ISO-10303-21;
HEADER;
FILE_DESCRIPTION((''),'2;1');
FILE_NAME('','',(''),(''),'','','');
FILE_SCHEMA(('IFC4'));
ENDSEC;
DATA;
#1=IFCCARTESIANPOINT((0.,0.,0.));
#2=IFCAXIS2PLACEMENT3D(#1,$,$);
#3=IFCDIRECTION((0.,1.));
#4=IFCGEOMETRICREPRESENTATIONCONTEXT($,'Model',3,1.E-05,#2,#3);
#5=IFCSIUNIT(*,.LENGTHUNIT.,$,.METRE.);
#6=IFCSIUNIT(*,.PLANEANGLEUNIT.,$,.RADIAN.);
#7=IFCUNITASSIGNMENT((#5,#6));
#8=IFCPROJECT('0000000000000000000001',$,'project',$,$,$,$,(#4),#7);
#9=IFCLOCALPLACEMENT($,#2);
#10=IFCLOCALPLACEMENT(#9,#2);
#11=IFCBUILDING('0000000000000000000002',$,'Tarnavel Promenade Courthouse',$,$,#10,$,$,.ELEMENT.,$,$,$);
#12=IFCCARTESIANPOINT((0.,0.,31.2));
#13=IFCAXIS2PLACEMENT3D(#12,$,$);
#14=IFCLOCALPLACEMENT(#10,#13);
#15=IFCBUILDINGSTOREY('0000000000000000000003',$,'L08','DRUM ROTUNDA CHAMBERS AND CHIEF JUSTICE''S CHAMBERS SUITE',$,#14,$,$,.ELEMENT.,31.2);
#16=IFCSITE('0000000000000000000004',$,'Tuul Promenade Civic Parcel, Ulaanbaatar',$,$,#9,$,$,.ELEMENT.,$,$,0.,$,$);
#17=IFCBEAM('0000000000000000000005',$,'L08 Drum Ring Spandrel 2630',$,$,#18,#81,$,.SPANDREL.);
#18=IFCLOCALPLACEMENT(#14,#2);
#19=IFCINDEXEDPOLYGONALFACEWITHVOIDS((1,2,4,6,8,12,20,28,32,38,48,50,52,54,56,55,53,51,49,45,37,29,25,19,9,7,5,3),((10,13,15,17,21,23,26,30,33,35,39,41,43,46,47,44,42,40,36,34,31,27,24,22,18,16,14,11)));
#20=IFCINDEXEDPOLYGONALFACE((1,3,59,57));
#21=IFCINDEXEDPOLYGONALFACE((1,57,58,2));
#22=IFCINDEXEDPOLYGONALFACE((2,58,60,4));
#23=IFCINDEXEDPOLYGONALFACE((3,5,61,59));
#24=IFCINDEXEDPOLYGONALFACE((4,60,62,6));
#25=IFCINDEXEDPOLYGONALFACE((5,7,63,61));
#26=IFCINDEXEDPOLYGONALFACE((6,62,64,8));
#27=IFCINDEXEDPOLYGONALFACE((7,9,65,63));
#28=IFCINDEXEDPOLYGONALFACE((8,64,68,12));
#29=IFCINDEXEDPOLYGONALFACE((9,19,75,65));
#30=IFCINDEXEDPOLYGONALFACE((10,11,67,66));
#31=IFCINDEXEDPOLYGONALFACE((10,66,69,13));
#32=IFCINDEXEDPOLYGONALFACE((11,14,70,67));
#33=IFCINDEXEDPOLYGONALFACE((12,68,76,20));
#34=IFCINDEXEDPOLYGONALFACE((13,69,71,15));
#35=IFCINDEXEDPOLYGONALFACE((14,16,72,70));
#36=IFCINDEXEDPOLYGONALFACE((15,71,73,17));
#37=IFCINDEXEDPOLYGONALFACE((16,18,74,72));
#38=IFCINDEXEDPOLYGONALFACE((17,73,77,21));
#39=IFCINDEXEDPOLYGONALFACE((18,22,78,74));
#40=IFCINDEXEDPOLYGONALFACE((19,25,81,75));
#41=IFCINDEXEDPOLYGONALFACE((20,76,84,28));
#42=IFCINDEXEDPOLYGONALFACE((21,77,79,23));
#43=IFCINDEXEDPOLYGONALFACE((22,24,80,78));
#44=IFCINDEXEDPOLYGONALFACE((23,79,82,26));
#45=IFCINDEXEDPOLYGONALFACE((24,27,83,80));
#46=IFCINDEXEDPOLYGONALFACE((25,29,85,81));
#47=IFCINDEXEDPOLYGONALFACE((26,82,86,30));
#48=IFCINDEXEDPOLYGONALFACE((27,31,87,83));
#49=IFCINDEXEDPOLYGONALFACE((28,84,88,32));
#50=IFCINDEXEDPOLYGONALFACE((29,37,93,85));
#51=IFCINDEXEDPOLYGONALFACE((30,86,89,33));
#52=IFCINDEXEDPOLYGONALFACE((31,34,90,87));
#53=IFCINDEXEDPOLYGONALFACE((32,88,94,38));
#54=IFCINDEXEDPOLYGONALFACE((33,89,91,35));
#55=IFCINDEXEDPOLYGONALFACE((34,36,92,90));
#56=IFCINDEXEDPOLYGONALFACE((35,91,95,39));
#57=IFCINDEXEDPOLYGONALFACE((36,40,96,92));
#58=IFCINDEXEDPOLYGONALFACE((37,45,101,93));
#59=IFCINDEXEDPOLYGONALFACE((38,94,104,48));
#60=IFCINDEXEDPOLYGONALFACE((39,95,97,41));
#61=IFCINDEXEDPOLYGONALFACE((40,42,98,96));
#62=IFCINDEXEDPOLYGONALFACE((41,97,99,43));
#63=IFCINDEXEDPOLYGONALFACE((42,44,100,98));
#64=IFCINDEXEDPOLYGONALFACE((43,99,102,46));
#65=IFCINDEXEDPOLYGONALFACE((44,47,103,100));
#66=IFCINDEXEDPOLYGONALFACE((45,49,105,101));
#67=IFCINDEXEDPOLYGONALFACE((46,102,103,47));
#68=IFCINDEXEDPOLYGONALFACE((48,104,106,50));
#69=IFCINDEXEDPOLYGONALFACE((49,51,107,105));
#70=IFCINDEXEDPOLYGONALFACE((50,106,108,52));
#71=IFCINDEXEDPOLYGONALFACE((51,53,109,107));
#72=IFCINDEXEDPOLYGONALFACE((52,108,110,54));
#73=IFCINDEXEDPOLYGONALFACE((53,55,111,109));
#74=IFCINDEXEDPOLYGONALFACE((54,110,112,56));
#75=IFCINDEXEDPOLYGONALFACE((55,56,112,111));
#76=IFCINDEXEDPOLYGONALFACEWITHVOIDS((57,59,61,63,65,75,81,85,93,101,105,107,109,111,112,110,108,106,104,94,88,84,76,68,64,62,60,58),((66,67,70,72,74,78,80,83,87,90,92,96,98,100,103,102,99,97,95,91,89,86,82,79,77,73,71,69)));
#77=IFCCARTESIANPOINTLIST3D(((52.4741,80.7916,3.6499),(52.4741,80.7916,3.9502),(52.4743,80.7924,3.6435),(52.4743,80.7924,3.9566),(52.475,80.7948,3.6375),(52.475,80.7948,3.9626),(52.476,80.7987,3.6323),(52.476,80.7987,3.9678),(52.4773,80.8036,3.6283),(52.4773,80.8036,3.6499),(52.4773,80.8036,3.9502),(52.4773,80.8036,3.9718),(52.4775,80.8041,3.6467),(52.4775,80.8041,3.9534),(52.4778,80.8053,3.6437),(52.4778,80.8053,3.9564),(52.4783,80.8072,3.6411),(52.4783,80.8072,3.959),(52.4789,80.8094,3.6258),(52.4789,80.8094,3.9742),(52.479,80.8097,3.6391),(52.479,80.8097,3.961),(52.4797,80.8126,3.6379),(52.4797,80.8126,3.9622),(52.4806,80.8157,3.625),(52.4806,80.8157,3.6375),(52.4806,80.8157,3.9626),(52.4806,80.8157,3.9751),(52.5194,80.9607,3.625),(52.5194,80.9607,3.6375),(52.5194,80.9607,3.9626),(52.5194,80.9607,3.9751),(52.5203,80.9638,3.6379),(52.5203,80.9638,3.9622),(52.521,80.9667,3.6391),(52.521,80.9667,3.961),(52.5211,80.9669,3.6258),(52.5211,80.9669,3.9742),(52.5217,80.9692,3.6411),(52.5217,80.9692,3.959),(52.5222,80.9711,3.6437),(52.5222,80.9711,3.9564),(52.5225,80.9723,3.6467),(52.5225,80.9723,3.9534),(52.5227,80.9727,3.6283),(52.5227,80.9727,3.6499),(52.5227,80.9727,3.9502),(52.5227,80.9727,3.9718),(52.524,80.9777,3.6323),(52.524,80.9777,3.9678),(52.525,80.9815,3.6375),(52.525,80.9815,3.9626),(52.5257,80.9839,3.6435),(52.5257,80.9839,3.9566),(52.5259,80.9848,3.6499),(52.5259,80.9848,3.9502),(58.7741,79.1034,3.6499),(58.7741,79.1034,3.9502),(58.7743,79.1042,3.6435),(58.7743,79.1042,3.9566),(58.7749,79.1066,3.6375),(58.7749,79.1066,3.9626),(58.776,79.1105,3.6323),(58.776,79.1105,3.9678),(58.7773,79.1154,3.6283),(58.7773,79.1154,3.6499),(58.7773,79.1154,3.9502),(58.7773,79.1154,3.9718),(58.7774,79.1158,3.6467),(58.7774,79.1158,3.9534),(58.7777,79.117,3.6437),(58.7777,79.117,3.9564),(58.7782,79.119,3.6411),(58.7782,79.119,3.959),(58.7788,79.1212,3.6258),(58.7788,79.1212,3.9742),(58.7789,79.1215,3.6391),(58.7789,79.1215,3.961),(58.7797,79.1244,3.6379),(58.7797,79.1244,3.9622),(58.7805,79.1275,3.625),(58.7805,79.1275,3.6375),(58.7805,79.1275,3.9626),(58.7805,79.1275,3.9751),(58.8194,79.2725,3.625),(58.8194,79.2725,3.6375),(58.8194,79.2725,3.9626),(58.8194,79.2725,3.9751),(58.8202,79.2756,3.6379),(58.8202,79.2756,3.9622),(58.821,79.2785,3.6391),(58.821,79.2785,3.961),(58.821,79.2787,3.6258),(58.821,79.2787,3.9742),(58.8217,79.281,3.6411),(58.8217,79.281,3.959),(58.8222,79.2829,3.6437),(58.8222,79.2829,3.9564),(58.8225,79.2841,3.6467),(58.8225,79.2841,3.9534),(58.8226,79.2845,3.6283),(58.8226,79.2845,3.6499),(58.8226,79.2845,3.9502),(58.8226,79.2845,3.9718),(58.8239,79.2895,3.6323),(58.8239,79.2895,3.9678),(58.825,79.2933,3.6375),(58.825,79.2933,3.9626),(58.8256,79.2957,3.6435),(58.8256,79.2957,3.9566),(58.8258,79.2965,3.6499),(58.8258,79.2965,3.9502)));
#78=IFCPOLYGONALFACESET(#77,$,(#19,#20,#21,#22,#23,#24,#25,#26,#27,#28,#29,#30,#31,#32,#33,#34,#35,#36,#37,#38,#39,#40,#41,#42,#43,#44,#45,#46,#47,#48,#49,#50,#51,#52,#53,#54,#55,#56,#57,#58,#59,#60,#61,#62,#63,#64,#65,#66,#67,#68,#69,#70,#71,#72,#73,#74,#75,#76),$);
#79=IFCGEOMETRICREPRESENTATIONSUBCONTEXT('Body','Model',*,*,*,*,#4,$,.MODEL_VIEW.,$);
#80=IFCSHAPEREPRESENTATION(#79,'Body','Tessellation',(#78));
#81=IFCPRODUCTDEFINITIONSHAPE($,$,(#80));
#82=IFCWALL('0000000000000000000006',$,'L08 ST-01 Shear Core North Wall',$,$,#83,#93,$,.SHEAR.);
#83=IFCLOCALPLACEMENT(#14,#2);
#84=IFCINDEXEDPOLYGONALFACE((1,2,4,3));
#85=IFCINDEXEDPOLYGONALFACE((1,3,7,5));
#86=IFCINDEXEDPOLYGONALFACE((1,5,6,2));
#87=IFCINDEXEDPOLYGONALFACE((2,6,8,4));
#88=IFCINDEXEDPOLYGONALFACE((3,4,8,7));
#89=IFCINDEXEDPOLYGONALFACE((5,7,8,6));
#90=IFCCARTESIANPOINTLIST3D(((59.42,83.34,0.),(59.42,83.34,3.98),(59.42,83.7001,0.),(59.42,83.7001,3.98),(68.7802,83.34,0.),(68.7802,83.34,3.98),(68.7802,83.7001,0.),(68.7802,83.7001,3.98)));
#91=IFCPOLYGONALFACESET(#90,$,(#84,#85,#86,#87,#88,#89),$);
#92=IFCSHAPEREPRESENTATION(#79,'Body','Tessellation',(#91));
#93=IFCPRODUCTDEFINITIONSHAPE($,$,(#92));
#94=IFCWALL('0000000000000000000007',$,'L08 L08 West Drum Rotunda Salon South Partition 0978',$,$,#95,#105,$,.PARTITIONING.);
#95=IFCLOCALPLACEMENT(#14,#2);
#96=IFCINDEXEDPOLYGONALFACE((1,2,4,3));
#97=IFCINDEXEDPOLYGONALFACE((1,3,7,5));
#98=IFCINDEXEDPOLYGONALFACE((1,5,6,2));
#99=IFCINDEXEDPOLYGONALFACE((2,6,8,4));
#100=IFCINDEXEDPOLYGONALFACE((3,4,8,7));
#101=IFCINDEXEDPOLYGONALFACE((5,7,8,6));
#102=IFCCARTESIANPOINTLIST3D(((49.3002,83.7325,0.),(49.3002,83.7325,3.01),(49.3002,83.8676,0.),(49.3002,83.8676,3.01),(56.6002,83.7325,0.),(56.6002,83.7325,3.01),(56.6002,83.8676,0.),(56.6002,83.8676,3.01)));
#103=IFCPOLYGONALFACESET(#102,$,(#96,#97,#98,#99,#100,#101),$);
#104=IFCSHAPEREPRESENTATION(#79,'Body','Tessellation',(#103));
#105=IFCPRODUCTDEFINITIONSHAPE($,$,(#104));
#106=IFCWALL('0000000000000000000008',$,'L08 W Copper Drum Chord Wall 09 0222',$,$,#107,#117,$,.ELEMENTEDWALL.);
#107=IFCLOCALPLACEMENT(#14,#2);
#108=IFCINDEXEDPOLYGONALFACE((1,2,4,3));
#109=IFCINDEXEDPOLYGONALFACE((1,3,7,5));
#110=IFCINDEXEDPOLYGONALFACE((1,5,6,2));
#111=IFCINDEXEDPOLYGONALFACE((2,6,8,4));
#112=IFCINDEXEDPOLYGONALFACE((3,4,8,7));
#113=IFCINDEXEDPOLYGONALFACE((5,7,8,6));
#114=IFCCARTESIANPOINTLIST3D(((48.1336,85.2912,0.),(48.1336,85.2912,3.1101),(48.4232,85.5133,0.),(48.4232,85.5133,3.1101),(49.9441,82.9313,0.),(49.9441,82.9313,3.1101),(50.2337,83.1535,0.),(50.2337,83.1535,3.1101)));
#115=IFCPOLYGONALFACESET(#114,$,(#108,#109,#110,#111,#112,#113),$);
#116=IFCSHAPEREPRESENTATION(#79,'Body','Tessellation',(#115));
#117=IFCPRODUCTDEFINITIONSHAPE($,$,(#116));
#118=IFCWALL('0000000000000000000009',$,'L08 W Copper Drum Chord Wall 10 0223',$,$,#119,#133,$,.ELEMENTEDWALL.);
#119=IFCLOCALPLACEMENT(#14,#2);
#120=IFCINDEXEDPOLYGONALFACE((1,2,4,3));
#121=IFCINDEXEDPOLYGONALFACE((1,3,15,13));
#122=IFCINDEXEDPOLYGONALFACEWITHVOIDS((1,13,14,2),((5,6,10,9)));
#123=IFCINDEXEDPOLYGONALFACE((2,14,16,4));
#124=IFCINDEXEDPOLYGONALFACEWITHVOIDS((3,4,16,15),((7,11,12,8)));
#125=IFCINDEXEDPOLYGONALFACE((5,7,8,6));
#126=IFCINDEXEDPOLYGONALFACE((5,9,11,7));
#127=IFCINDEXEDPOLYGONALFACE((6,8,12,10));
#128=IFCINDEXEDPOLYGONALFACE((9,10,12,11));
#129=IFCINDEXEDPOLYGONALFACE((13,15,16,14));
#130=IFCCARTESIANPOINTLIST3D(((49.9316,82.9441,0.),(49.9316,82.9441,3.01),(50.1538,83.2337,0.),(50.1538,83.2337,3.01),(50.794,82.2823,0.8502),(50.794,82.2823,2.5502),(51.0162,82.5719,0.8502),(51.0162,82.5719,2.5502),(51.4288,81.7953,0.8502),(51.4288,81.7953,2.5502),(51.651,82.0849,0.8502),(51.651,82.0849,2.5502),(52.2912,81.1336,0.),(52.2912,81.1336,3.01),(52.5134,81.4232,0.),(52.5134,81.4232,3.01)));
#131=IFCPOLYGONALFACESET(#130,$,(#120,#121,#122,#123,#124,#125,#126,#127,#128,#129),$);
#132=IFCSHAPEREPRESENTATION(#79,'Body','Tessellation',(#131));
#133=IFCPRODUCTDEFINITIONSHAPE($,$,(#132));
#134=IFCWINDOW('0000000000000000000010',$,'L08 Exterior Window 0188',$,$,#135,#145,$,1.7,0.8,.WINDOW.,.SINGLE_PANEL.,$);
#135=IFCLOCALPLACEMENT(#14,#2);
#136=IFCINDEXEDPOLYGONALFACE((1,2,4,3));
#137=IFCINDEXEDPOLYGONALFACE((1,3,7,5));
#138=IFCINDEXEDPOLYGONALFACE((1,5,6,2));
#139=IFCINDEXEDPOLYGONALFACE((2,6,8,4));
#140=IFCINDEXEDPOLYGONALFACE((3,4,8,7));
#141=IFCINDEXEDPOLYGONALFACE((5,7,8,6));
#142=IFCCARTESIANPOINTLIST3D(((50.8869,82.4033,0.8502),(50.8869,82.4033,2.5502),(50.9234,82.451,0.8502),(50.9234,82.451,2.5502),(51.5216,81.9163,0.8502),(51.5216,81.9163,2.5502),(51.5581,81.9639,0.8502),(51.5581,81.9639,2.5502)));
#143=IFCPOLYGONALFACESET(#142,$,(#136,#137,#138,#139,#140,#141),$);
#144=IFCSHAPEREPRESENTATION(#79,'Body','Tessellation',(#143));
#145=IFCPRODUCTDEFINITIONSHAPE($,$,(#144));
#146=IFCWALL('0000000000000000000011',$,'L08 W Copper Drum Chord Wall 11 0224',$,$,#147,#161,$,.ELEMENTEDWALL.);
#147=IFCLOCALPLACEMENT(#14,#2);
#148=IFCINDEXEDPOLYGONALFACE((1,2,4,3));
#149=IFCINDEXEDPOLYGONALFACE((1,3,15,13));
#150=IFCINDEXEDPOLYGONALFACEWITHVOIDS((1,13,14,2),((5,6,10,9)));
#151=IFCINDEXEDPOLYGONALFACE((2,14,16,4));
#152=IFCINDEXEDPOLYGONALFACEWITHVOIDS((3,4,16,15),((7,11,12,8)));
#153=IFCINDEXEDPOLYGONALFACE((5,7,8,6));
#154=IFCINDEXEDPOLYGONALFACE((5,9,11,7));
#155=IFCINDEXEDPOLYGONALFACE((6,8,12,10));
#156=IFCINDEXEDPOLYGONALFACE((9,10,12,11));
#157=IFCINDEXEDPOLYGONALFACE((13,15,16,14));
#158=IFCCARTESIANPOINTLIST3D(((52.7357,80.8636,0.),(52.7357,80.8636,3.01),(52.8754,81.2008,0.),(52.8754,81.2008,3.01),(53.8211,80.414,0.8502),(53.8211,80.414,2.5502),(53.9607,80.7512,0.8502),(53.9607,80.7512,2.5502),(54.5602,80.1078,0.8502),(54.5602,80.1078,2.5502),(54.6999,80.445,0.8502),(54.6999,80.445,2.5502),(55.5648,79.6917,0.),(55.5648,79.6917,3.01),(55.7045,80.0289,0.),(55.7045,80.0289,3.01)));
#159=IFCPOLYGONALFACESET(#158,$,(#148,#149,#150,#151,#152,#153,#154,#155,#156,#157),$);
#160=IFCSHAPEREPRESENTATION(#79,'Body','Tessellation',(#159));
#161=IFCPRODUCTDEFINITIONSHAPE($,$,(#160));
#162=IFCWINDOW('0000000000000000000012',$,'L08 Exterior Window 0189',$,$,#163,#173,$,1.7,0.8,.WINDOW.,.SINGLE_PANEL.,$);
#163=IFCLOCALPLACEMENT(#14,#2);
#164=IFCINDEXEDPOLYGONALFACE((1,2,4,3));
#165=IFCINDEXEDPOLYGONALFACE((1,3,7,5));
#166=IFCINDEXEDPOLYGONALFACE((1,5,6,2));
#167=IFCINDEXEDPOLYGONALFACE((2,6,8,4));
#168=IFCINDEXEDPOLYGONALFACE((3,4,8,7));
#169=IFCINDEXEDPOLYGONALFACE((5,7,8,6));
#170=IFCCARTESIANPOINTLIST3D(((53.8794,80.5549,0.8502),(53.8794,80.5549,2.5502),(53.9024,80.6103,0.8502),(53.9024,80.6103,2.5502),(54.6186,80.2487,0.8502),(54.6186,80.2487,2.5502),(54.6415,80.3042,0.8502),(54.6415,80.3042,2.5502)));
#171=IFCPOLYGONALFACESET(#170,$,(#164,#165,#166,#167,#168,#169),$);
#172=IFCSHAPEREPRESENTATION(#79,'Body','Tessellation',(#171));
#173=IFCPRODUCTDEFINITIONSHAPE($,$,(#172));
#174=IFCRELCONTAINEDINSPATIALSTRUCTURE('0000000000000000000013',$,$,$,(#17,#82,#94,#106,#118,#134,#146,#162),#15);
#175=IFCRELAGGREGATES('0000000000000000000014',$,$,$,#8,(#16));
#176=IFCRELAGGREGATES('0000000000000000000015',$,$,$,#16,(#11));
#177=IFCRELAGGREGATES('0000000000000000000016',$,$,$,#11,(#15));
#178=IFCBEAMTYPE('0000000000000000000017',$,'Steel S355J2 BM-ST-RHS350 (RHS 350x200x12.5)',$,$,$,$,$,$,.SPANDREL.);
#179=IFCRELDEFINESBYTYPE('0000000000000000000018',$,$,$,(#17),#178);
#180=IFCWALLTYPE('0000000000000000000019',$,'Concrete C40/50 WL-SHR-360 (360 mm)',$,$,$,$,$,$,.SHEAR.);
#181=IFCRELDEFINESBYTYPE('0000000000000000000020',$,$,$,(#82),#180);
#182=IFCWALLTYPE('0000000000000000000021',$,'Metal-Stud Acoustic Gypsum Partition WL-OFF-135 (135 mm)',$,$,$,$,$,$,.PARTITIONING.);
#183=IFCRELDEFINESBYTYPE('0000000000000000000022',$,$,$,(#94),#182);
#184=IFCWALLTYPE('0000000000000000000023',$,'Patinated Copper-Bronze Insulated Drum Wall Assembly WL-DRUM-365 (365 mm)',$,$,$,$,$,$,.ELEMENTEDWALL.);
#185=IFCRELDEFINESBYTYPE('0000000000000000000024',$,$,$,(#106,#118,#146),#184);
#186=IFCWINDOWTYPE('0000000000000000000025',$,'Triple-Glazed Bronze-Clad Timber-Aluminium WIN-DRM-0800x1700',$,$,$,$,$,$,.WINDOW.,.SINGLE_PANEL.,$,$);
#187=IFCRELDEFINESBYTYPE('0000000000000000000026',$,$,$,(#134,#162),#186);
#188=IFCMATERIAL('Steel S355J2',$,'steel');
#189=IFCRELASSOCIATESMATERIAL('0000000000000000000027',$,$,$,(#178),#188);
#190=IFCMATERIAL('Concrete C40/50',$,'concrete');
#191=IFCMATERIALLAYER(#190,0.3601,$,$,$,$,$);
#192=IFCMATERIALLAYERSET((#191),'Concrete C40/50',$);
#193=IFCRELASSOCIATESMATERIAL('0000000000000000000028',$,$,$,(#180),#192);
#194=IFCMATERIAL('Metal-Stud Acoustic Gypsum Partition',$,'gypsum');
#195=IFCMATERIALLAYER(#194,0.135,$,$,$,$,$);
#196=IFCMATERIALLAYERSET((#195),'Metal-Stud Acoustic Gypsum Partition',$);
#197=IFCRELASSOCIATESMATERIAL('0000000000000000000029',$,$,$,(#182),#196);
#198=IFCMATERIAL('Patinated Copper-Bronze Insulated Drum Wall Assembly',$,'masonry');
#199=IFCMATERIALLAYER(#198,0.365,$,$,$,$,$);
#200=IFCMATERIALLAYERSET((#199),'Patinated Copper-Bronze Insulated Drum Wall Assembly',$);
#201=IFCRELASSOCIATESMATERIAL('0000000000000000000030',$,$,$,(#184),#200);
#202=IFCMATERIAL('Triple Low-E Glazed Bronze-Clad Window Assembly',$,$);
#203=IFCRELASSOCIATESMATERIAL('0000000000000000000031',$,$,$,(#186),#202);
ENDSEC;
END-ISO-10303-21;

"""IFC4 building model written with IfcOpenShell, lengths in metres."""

from ifc_helpers import new_model, si_unit, direction, frame, frame_2d, origin, origin_2d, place, context, subcontext, project, spatial, rectangle, hollow_rectangle, extrude, material, layer, layer_set, material_profile, profile_set, type_object, element, fill, save


model = new_model("IFC4")

# Units and contexts
model_context = context("Model", 3, precision=1e-05, world=origin(), true_north=direction((0.0, 1.0)))
body_context = subcontext(model_context, "Body", "Model", "MODEL_VIEW")
ifc_project = project(units=[si_unit("LENGTHUNIT", "METRE"), si_unit("PLANEANGLEUNIT", "RADIAN")], contexts=[model_context])

# Site, building, storey
site_placement = place(None, origin())
site = spatial("IfcSite", under=ifc_project, at=site_placement, Name="Tuul Promenade Civic Parcel, Ulaanbaatar", CompositionType="ELEMENT", RefElevation=0.0)
building_placement = place(site_placement, origin())
building = spatial("IfcBuilding", under=site, at=building_placement, Name="Tarnavel Promenade Courthouse", CompositionType="ELEMENT")
storey_placement = place(building_placement, frame((0.0, 0.0, 31.2)))
storey = spatial("IfcBuildingStorey", under=building, at=storey_placement, Name="L08", Description="DRUM ROTUNDA CHAMBERS AND CHIEF JUSTICE'S CHAMBERS SUITE", CompositionType="ELEMENT", Elevation=31.2)

# Shared definitions
ifc_material_1 = material(Name="Concrete C40/50", Category="concrete")

# Beam
ifc_material_2 = material(Name="Steel S355J2", Category="steel")
ifc_material_profile_1 = material_profile(ifc_material_2, hollow_rectangle(XDim=0.2, YDim=0.3501, WallThickness=0.0125, InnerFilletRadius=0.0125, OuterFilletRadius=0.0249, at=origin_2d()), Name="RHS 350x200x12.5")
ifc_profile_set_1 = profile_set([ifc_material_profile_1], Name="Steel S355J2")
beam_type_1 = type_object("IfcBeamType", Name="Steel S355J2 BM-ST-RHS350 (RHS 350x200x12.5)", PredefinedType="SPANDREL", material=ifc_profile_set_1)
beam_1_placement = place(storey_placement, frame((52.5, 80.8882, 3.8), z_axis=(0.96592, -0.258839, 0.0), x_axis=(0.258839, 0.96592, 0.0)))
element("IfcBeam", 1, at=beam_1_placement, inside=storey, type_object=beam_type_1, Name="L08 Drum Ring Spandrel 2630", PredefinedType="SPANDREL", context=body_context, shape_type="SweptSolid", body=[
    extrude(hollow_rectangle(XDim=0.2, YDim=0.3501, WallThickness=0.0125, InnerFilletRadius=0.0125, OuterFilletRadius=0.0249, at=origin_2d()), origin(), (0.0, 0.0, 1.0), 6.5222),
])

# Walls
ifc_layer_1 = layer(ifc_material_1, 0.3601)
ifc_layer_set_1 = layer_set([ifc_layer_1], Name="Concrete C40/50")
wall_type_1 = type_object("IfcWallType", Name="Concrete C40/50 WL-SHR-360 (360 mm)", PredefinedType="SHEAR", material=ifc_layer_set_1)
wall_1_placement = place(storey_placement, frame((59.4199, 83.52, 0.0), z_axis=(0.0, 0.0, 1.0), x_axis=(1.0, 0.0, 0.0)))
element("IfcWall", 2, at=wall_1_placement, inside=storey, type_object=wall_type_1, Name="L08 ST-01 Shear Core North Wall", PredefinedType="SHEAR", context=body_context, shape_type="SweptSolid", body=[
    extrude(rectangle(XDim=9.3601, YDim=0.3601, at=frame_2d((4.6802, 0.0))), origin(), (0.0, 0.0, 1.0), 3.98),
])
ifc_material_3 = material(Name="Metal-Stud Acoustic Gypsum Partition", Category="gypsum")
ifc_layer_2 = layer(ifc_material_3, 0.135)
ifc_layer_set_2 = layer_set([ifc_layer_2], Name="Metal-Stud Acoustic Gypsum Partition")
wall_type_2 = type_object("IfcWallType", Name="Metal-Stud Acoustic Gypsum Partition WL-OFF-135 (135 mm)", PredefinedType="PARTITIONING", material=ifc_layer_set_2)
wall_2_placement = place(storey_placement, frame((56.6001, 83.8, 0.0), z_axis=(0.0, 0.0, 1.0), x_axis=(-1.0, 0.0, 0.0)))
element("IfcWall", 3, at=wall_2_placement, inside=storey, type_object=wall_type_2, Name="L08 L08 West Drum Rotunda Salon South Partition 0978", PredefinedType="PARTITIONING", context=body_context, shape_type="SweptSolid", body=[
    extrude(rectangle(XDim=7.3, YDim=0.135, at=frame_2d((3.6499, 0.0))), origin(), (0.0, 0.0, 1.0), 3.01),
])
ifc_material_4 = material(Name="Patinated Copper-Bronze Insulated Drum Wall Assembly", Category="masonry")
ifc_layer_3 = layer(ifc_material_4, 0.365)
ifc_layer_set_3 = layer_set([ifc_layer_3], Name="Patinated Copper-Bronze Insulated Drum Wall Assembly")
wall_type_3 = type_object("IfcWallType", Name="Patinated Copper-Bronze Insulated Drum Wall Assembly WL-DRUM-365 (365 mm)", PredefinedType="ELEMENTEDWALL", material=ifc_layer_set_3)
wall_3_placement = place(storey_placement, frame((48.2783, 85.4023, 0.0), z_axis=(0.0, 0.0, 1.0), x_axis=(0.608711, -0.793392, 0.0)))
element("IfcWall", 4, at=wall_3_placement, inside=storey, type_object=wall_type_3, Name="L08 W Copper Drum Chord Wall 09 0222", PredefinedType="ELEMENTEDWALL", context=body_context, shape_type="SweptSolid", body=[
    extrude(rectangle(XDim=2.9744, YDim=0.365, at=frame_2d((1.4873, 0.0))), origin(), (0.0, 0.0, 1.0), 3.1101),
])

# Walls, openings, windows
wall_4_placement = place(storey_placement, frame((50.0427, 83.0889, 0.0), z_axis=(0.0, 0.0, 1.0), x_axis=(0.793362, -0.60875, 0.0)))
wall_4 = element("IfcWall", 5, at=wall_4_placement, inside=storey, type_object=wall_type_3, Name="L08 W Copper Drum Chord Wall 10 0223", PredefinedType="ELEMENTEDWALL", context=body_context, shape_type="SweptSolid", body=[
    extrude(rectangle(XDim=2.9741, YDim=0.365, at=frame_2d((1.4871, 0.0))), origin(), (0.0, 0.0, 1.0), 3.01),
])
opening_1_placement = place(wall_4_placement, frame((1.0872, 0.0, 0.8501)))
opening_1 = element("IfcOpeningElement", 6, at=opening_1_placement, cuts=wall_4, PredefinedType="OPENING", context=body_context, shape_type="SweptSolid", body=[
    extrude(rectangle(XDim=0.8, YDim=1.7, at=frame_2d((0.3999, 0.8501))), frame((0.0, 0.1924, 0.0), z_axis=(0.0, -1.0, 0.0), x_axis=(1.0, 0.0, 0.0)), (0.0, 0.0, 1.0), 0.385),
])
ifc_material_5 = material(Name="Triple Low-E Glazed Bronze-Clad Window Assembly")
window_type = type_object("IfcWindowType", Name="Triple-Glazed Bronze-Clad Timber-Aluminium WIN-DRM-0800x1700", PartitioningType="SINGLE_PANEL", PredefinedType="WINDOW", material=ifc_material_5)
window_1_placement = place(opening_1_placement, origin())
window_1 = element("IfcWindow", 7, at=window_1_placement, inside=storey, type_object=window_type, Name="L08 Exterior Window 0188", OverallHeight=1.7, OverallWidth=0.8, PartitioningType="SINGLE_PANEL", PredefinedType="WINDOW", context=body_context, shape_type="SweptSolid", body=[
    extrude(rectangle(XDim=0.8, YDim=1.7, at=frame_2d((0.3999, 0.8501))), frame((0.0, 0.03, 0.0), z_axis=(0.0, -1.0, 0.0), x_axis=(1.0, 0.0, 0.0)), (0.0, 0.0, 1.0), 0.0601),
])
fill(opening_1, window_1)
wall_5_placement = place(storey_placement, frame((52.8054, 81.0322, 0.0), z_axis=(0.0, 0.0, 1.0), x_axis=(0.923877, -0.38269, 0.0)))
wall_5 = element("IfcWall", 8, at=wall_5_placement, inside=storey, type_object=wall_type_3, Name="L08 W Copper Drum Chord Wall 11 0224", PredefinedType="ELEMENTEDWALL", context=body_context, shape_type="SweptSolid", body=[
    extrude(rectangle(XDim=3.0623, YDim=0.365, at=frame_2d((1.5312, 0.0))), origin(), (0.0, 0.0, 1.0), 3.01),
])
opening_2_placement = place(wall_5_placement, frame((1.175, 0.0, 0.8501)))
opening_2 = element("IfcOpeningElement", 9, at=opening_2_placement, cuts=wall_5, PredefinedType="OPENING", context=body_context, shape_type="SweptSolid", body=[
    extrude(rectangle(XDim=0.8, YDim=1.7, at=frame_2d((0.3999, 0.8501))), frame((0.0, 0.1924, 0.0), z_axis=(0.0, -1.0, 0.0), x_axis=(1.0, 0.0, 0.0)), (0.0, 0.0, 1.0), 0.385),
])
window_2_placement = place(opening_2_placement, origin())
window_2 = element("IfcWindow", 10, at=window_2_placement, inside=storey, type_object=window_type, Name="L08 Exterior Window 0189", OverallHeight=1.7, OverallWidth=0.8, PartitioningType="SINGLE_PANEL", PredefinedType="WINDOW", context=body_context, shape_type="SweptSolid", body=[
    extrude(rectangle(XDim=0.8, YDim=1.7, at=frame_2d((0.3999, 0.8501))), frame((0.0, 0.03, 0.0), z_axis=(0.0, -1.0, 0.0), x_axis=(1.0, 0.0, 0.0)), (0.0, 0.0, 1.0), 0.0601),
])
fill(opening_2, window_2)

save(model, "model.ifc")
